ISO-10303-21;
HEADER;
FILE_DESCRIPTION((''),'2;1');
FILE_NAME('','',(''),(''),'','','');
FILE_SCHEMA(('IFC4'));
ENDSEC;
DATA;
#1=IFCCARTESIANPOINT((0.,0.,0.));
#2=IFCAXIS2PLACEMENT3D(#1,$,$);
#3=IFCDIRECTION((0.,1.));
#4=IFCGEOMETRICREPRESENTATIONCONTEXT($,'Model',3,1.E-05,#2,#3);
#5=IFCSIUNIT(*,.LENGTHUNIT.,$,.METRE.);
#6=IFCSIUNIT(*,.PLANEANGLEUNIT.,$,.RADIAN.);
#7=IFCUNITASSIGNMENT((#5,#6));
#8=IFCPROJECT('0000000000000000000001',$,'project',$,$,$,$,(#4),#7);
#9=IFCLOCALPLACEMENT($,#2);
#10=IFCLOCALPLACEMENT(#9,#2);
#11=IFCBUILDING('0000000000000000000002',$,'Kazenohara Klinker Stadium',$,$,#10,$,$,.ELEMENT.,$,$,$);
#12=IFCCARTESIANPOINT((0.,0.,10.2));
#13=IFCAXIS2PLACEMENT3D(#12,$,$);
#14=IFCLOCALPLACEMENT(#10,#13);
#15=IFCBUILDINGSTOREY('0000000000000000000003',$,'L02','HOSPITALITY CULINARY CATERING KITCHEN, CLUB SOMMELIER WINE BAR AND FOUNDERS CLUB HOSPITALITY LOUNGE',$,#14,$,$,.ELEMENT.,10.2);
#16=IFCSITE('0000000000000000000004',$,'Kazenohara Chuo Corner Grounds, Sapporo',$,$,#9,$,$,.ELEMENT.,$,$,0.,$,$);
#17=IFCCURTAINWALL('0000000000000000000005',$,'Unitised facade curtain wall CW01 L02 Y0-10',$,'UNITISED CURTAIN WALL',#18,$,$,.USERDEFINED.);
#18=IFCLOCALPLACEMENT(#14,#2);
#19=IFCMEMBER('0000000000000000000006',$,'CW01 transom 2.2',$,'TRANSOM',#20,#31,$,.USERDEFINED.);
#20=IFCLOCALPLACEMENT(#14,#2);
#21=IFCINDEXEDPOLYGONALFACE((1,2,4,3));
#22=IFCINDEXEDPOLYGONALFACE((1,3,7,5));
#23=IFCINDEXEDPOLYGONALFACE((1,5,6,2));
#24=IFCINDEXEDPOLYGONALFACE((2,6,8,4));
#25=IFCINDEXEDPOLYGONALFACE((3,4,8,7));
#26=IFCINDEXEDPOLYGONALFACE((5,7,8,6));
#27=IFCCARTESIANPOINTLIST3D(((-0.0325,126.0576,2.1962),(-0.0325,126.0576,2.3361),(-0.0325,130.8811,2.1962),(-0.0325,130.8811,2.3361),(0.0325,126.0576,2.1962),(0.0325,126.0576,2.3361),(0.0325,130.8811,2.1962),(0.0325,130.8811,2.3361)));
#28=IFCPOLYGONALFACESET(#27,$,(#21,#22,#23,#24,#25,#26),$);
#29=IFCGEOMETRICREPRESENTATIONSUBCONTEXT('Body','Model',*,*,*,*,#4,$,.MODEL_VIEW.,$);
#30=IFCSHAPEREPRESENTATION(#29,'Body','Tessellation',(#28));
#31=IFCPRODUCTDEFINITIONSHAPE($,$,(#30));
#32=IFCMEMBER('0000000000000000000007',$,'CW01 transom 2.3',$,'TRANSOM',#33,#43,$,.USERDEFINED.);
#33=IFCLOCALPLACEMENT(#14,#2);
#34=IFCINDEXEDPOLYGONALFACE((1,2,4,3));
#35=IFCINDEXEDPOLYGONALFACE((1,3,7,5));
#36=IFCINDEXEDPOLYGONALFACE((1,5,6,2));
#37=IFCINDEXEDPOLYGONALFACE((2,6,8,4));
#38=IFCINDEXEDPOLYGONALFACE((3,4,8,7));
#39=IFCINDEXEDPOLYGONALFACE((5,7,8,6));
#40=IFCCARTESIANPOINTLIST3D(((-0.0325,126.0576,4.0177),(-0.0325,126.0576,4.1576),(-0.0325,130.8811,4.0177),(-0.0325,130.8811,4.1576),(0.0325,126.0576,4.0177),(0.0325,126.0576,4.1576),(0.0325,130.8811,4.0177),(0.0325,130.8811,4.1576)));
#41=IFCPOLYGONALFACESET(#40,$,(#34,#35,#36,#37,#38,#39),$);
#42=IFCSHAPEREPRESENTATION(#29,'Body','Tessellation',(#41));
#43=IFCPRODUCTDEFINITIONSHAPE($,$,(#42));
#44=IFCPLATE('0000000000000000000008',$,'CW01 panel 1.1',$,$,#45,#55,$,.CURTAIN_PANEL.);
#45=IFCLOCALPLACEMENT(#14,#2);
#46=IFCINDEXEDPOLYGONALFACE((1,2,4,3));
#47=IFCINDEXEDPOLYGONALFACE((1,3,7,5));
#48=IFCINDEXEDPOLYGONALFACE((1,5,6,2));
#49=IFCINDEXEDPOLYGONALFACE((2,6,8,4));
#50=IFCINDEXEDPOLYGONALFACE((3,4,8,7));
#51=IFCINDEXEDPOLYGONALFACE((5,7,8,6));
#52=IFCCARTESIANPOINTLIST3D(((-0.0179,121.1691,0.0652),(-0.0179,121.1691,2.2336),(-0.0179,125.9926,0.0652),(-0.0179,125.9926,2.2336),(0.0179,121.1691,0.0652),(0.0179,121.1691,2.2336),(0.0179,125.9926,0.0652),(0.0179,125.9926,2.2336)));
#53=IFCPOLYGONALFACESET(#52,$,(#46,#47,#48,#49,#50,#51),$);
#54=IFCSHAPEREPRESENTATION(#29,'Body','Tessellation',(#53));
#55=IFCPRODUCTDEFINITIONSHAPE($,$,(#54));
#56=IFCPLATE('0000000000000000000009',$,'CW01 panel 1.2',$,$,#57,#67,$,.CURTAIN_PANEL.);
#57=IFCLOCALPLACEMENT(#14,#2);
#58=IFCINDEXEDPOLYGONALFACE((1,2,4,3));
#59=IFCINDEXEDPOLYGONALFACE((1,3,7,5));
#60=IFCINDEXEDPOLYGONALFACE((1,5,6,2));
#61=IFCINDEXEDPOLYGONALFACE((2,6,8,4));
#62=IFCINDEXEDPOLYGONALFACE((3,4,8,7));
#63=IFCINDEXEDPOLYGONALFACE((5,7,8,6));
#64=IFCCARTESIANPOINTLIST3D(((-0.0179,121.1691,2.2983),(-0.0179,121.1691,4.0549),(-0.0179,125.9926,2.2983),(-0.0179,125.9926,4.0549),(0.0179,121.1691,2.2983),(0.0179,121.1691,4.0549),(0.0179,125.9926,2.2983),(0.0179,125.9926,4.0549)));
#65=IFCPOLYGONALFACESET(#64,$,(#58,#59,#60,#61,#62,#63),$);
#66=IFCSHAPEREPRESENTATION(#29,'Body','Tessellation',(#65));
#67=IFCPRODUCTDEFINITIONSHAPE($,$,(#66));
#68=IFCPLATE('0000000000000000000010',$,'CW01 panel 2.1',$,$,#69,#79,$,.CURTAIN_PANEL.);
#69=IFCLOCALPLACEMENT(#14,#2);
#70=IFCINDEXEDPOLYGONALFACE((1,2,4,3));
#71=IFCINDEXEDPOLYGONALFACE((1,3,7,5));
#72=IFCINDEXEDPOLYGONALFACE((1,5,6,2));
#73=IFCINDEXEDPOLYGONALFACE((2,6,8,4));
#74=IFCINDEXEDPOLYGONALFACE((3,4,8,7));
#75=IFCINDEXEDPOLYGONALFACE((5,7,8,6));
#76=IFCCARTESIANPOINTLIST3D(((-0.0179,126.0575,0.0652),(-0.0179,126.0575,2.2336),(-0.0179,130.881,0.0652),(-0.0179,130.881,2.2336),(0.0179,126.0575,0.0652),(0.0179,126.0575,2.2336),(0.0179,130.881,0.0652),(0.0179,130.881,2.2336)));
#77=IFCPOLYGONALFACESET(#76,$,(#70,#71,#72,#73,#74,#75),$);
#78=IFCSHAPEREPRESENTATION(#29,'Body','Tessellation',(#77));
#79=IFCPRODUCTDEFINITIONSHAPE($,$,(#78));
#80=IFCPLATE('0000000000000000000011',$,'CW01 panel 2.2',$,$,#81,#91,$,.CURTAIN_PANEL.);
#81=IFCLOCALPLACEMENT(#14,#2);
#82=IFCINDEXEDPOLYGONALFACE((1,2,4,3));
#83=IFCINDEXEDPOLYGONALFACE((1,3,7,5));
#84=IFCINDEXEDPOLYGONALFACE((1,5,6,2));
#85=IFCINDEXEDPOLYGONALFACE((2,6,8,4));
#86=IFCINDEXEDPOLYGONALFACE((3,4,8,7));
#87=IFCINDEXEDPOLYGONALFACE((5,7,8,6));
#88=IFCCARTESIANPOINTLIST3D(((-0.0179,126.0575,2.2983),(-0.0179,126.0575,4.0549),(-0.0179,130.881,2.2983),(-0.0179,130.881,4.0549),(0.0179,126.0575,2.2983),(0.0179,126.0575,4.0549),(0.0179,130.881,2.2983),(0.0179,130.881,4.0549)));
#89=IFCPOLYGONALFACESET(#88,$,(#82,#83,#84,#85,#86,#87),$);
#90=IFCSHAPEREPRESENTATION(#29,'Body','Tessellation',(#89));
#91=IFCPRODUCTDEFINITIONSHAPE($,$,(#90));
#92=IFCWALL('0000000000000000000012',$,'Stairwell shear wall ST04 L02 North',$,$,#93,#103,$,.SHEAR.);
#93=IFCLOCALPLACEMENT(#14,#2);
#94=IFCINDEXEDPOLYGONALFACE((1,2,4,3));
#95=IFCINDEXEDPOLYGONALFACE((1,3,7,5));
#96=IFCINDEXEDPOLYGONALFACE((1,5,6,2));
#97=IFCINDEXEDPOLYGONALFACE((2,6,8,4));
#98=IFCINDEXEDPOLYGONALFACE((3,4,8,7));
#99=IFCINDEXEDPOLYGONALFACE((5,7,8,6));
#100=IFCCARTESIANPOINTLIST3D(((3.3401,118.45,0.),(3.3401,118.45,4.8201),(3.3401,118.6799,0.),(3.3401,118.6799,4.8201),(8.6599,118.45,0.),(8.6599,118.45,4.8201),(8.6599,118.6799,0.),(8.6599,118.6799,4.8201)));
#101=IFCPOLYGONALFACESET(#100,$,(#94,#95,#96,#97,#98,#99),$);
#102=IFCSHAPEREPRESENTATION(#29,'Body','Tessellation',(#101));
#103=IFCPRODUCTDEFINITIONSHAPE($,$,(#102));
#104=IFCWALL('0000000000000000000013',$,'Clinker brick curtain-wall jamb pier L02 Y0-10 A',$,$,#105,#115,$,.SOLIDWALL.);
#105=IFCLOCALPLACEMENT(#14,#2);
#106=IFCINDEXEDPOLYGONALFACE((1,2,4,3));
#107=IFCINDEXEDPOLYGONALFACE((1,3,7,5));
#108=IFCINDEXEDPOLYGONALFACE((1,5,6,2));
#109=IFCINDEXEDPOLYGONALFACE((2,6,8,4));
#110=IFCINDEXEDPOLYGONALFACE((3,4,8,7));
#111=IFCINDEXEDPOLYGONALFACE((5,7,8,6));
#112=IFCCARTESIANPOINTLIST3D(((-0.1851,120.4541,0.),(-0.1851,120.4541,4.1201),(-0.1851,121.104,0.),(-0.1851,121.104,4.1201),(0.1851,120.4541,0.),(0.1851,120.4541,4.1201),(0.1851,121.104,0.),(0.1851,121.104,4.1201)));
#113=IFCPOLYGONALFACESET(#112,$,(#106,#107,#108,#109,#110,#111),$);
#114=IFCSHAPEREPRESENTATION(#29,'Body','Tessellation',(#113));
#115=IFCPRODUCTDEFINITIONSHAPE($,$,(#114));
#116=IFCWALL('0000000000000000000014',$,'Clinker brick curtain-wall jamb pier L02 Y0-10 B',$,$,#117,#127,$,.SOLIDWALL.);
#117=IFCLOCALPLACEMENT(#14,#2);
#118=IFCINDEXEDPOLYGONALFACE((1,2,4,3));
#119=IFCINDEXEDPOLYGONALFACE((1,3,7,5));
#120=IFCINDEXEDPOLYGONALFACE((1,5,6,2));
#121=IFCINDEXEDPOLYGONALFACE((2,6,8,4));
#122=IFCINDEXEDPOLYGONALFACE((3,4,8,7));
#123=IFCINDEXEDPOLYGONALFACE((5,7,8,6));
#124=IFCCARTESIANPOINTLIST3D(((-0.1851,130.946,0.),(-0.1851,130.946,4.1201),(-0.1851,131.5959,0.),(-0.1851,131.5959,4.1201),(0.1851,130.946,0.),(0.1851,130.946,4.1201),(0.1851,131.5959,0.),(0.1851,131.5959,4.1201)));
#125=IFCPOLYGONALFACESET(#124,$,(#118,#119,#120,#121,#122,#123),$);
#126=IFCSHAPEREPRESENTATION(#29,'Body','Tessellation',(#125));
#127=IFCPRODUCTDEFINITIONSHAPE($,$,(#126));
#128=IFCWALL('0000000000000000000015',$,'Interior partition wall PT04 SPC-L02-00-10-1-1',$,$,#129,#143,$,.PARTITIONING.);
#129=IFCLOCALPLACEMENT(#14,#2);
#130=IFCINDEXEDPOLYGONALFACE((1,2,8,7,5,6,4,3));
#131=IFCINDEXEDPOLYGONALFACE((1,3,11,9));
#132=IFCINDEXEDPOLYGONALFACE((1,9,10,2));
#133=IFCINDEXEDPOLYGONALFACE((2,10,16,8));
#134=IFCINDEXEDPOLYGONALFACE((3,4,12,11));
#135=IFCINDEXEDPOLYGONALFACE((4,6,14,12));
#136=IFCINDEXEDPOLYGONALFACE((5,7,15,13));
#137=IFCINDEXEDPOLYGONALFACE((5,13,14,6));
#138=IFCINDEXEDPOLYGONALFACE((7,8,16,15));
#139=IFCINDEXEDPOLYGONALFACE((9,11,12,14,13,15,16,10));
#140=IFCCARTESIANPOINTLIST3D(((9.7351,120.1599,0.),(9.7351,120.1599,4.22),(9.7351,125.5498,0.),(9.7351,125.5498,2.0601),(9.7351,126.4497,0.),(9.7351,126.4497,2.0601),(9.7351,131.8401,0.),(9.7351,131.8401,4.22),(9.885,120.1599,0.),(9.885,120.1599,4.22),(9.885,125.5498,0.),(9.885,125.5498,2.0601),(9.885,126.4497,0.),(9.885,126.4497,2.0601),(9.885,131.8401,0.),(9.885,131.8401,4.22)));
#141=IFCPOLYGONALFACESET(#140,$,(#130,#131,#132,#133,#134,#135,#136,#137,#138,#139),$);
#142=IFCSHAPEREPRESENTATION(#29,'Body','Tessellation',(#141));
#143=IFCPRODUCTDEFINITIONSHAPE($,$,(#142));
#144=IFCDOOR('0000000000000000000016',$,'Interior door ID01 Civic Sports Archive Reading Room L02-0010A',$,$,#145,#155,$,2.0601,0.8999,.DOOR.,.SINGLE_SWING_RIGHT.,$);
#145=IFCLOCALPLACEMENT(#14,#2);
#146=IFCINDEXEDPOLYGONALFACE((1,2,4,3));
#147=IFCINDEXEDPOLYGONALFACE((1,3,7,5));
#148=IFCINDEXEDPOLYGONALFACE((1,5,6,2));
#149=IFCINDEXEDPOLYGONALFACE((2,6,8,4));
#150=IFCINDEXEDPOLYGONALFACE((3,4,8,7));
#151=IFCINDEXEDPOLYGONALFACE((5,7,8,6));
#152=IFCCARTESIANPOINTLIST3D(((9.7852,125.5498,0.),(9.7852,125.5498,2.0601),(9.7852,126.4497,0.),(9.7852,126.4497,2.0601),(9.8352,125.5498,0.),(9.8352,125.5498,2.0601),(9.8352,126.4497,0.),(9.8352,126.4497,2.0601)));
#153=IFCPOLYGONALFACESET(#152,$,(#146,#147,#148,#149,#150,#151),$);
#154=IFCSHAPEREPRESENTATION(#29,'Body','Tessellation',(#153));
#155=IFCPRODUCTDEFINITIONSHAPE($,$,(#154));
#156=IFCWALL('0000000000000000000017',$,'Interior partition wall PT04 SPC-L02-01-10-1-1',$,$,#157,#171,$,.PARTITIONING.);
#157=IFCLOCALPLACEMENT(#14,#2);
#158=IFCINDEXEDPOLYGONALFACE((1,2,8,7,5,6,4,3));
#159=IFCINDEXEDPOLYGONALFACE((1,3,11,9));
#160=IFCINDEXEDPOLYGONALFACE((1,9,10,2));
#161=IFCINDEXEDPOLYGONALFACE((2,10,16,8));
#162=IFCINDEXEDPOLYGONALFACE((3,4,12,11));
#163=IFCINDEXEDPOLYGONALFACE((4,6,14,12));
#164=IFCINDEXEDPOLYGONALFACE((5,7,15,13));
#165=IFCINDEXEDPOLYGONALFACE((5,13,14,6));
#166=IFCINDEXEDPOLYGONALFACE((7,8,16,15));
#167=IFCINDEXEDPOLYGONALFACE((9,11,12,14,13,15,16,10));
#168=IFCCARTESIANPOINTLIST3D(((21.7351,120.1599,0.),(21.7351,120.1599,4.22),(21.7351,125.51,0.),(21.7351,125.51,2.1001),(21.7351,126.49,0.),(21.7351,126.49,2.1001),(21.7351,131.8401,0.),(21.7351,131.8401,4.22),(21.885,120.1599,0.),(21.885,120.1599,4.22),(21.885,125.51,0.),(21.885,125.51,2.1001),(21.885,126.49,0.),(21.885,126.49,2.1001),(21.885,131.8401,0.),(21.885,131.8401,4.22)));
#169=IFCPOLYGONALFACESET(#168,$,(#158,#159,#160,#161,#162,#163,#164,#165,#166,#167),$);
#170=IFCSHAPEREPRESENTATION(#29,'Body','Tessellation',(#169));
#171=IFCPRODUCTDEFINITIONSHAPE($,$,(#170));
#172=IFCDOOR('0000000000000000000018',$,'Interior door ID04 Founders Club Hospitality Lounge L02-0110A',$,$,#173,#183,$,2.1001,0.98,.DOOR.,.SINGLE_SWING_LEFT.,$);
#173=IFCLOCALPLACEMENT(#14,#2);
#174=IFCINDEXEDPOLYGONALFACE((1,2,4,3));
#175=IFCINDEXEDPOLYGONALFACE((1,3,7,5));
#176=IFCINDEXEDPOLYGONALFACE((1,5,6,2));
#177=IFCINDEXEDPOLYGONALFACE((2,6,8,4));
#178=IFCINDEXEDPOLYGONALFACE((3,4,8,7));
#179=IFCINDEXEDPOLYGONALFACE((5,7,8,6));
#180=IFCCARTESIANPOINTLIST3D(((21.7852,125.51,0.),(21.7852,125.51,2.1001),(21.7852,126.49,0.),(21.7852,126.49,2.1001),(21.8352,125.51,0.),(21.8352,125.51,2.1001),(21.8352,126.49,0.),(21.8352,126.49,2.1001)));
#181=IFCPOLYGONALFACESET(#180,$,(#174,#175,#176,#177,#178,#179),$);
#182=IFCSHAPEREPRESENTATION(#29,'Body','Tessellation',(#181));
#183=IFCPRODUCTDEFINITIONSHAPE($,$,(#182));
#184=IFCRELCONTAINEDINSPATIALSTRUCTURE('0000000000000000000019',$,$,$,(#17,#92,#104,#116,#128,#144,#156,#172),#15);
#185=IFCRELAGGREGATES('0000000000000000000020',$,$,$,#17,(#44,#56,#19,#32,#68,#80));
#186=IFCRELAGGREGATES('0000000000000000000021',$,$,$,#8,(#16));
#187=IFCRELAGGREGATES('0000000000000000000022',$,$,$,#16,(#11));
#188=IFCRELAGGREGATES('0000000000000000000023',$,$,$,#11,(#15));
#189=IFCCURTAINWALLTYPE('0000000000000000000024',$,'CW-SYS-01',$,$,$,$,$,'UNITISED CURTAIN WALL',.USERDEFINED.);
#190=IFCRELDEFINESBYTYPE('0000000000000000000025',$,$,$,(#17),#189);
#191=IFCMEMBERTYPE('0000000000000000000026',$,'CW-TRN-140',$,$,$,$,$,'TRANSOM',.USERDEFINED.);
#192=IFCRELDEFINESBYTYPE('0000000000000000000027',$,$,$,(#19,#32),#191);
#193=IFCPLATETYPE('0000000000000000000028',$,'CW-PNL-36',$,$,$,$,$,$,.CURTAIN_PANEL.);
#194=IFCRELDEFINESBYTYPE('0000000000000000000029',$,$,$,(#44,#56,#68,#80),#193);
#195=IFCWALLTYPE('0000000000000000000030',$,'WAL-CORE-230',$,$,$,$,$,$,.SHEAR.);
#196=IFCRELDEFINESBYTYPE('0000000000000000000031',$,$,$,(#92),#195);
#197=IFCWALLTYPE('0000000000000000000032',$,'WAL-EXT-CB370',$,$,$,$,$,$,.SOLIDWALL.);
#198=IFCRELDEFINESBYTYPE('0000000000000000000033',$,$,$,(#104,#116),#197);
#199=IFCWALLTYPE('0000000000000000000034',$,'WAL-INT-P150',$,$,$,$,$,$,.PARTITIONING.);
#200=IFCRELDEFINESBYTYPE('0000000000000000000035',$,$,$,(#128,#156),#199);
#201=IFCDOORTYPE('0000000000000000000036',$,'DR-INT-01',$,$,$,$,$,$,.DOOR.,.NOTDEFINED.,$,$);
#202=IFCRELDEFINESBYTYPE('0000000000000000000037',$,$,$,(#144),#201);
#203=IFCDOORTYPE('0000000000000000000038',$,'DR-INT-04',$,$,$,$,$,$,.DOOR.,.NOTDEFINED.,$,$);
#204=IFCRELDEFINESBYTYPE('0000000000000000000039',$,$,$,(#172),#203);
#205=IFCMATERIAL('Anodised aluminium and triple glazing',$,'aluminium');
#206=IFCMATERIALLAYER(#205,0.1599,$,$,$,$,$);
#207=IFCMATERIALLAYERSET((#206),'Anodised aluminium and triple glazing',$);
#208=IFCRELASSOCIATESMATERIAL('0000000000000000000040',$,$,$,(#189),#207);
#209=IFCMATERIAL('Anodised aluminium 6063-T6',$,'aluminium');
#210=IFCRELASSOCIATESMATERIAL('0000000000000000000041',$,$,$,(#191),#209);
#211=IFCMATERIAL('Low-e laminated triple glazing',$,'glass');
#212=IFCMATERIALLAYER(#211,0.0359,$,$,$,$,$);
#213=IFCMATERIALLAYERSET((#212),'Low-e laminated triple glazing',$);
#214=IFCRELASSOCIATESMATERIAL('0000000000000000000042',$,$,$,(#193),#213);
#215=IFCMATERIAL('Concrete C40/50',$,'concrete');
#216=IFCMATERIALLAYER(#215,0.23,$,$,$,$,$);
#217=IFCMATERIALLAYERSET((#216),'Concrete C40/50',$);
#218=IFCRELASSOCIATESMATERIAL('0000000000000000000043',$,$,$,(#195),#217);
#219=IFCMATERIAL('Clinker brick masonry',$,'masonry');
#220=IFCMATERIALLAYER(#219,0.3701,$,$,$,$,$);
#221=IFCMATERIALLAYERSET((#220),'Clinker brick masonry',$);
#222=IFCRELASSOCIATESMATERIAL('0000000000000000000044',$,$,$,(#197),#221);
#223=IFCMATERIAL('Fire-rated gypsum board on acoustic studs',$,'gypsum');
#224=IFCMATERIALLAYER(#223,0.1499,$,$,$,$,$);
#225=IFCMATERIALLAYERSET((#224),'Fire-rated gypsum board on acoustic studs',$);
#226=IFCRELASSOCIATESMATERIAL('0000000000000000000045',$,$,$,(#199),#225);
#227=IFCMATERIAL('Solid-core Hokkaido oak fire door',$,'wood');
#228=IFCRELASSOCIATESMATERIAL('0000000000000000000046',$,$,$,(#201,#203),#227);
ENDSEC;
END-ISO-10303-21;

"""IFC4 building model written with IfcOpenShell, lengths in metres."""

from ifc_helpers import new_model, si_unit, direction, frame, frame_2d, origin, origin_2d, place, context, subcontext, project, spatial, rectangle, extrude, material, layer, layer_set, material_profile, profile_set, type_object, element, fill, aggregate, save


model = new_model("IFC4")

# Units and contexts
model_context = context("Model", 3, precision=1e-05, world=origin(), true_north=direction((0.0, 1.0)))
body_context = subcontext(model_context, "Body", "Model", "MODEL_VIEW")
ifc_project = project(units=[si_unit("LENGTHUNIT", "METRE"), si_unit("PLANEANGLEUNIT", "RADIAN")], contexts=[model_context])

# Site, building, storey
site_placement = place(None, origin())
site = spatial("IfcSite", under=ifc_project, at=site_placement, Name="Kazenohara Chuo Corner Grounds, Sapporo", CompositionType="ELEMENT", RefElevation=0.0)
building_placement = place(site_placement, origin())
building = spatial("IfcBuilding", under=site, at=building_placement, Name="Kazenohara Klinker Stadium", CompositionType="ELEMENT")
storey_placement = place(building_placement, frame((0.0, 0.0, 10.2)))
storey = spatial("IfcBuildingStorey", under=building, at=storey_placement, Name="L02", Description="HOSPITALITY CULINARY CATERING KITCHEN, CLUB SOMMELIER WINE BAR AND FOUNDERS CLUB HOSPITALITY LOUNGE", CompositionType="ELEMENT", Elevation=10.2)

# Shared definitions
ifc_material_1 = material(Name="Concrete C40/50", Category="concrete")

# Curtain wall, members, plates
ifc_material_2 = material(Name="Anodised aluminium and triple glazing", Category="aluminium")
ifc_layer_1 = layer(ifc_material_2, 0.1599)
ifc_layer_set_1 = layer_set([ifc_layer_1], Name="Anodised aluminium and triple glazing")
curtain_wall_type = type_object("IfcCurtainWallType", Name="CW-SYS-01", ElementType="UNITISED CURTAIN WALL", PredefinedType="USERDEFINED", material=ifc_layer_set_1)
curtain_wall_placement = place(storey_placement, origin())
curtain_wall = element("IfcCurtainWall", 1, at=curtain_wall_placement, inside=storey, type_object=curtain_wall_type, Name="Unitised facade curtain wall CW01 L02 Y0-10", ObjectType="UNITISED CURTAIN WALL", PredefinedType="USERDEFINED")
ifc_material_3 = material(Name="Anodised aluminium 6063-T6", Category="aluminium")
ifc_material_profile_1 = material_profile(ifc_material_3, rectangle(XDim=0.0649, YDim=0.1399, at=origin_2d()), Name="ALU-TRN-65x140")
ifc_profile_set_1 = profile_set([ifc_material_profile_1], Name="Anodised aluminium 6063-T6")
member_type_1 = type_object("IfcMemberType", Name="CW-TRN-140", ElementType="TRANSOM", PredefinedType="USERDEFINED", material=ifc_profile_set_1)
member_1_placement = place(storey_placement, frame((0.0, 126.0576, 2.2661), z_axis=(0.0, 1.0, 0.0), x_axis=(-1.0, 0.0, 0.0)))
member_1 = element("IfcMember", 2, at=member_1_placement, type_object=member_type_1, Name="CW01 transom 2.2", ObjectType="TRANSOM", PredefinedType="USERDEFINED", context=body_context, shape_type="SweptSolid", body=[
    extrude(rectangle(XDim=0.0649, YDim=0.1399, at=origin_2d()), origin(), (0.0, 0.0, 1.0), 4.8235),
])
member_2_placement = place(storey_placement, frame((0.0, 126.0576, 4.0876), z_axis=(0.0, 1.0, 0.0), x_axis=(-1.0, 0.0, 0.0)))
member_2 = element("IfcMember", 3, at=member_2_placement, type_object=member_type_1, Name="CW01 transom 2.3", ObjectType="TRANSOM", PredefinedType="USERDEFINED", context=body_context, shape_type="SweptSolid", body=[
    extrude(rectangle(XDim=0.0649, YDim=0.1399, at=origin_2d()), origin(), (0.0, 0.0, 1.0), 4.8235),
])
ifc_material_4 = material(Name="Low-e laminated triple glazing", Category="glass")
ifc_layer_2 = layer(ifc_material_4, 0.0359)
ifc_layer_set_2 = layer_set([ifc_layer_2], Name="Low-e laminated triple glazing")
plate_type = type_object("IfcPlateType", Name="CW-PNL-36", PredefinedType="CURTAIN_PANEL", material=ifc_layer_set_2)
plate_1_placement = place(storey_placement, frame((0.0, 123.5808, 0.0652), z_axis=(0.0, 0.0, 1.0), x_axis=(0.0, 1.0, 0.0)))
plate_1 = element("IfcPlate", 4, at=plate_1_placement, type_object=plate_type, Name="CW01 panel 1.1", PredefinedType="CURTAIN_PANEL", context=body_context, shape_type="SweptSolid", body=[
    extrude(rectangle(XDim=4.8235, YDim=0.0359, at=origin_2d()), origin(), (0.0, 0.0, 1.0), 2.1685),
])
plate_2_placement = place(storey_placement, frame((0.0, 123.5808, 2.2983), z_axis=(0.0, 0.0, 1.0), x_axis=(0.0, 1.0, 0.0)))
plate_2 = element("IfcPlate", 5, at=plate_2_placement, type_object=plate_type, Name="CW01 panel 1.2", PredefinedType="CURTAIN_PANEL", context=body_context, shape_type="SweptSolid", body=[
    extrude(rectangle(XDim=4.8235, YDim=0.0359, at=origin_2d()), origin(), (0.0, 0.0, 1.0), 1.7566),
])
plate_3_placement = place(storey_placement, frame((0.0, 128.4692, 0.0652), z_axis=(0.0, 0.0, 1.0), x_axis=(0.0, 1.0, 0.0)))
plate_3 = element("IfcPlate", 6, at=plate_3_placement, type_object=plate_type, Name="CW01 panel 2.1", PredefinedType="CURTAIN_PANEL", context=body_context, shape_type="SweptSolid", body=[
    extrude(rectangle(XDim=4.8235, YDim=0.0359, at=origin_2d()), origin(), (0.0, 0.0, 1.0), 2.1685),
])
plate_4_placement = place(storey_placement, frame((0.0, 128.4692, 2.2983), z_axis=(0.0, 0.0, 1.0), x_axis=(0.0, 1.0, 0.0)))
plate_4 = element("IfcPlate", 7, at=plate_4_placement, type_object=plate_type, Name="CW01 panel 2.2", PredefinedType="CURTAIN_PANEL", context=body_context, shape_type="SweptSolid", body=[
    extrude(rectangle(XDim=4.8235, YDim=0.0359, at=origin_2d()), origin(), (0.0, 0.0, 1.0), 1.7566),
])
aggregate(curtain_wall, [plate_1, plate_2, member_1, member_2, plate_3, plate_4])

# Walls
ifc_layer_3 = layer(ifc_material_1, 0.23)
ifc_layer_set_3 = layer_set([ifc_layer_3], Name="Concrete C40/50")
wall_type_1 = type_object("IfcWallType", Name="WAL-CORE-230", PredefinedType="SHEAR", material=ifc_layer_set_3)
wall_1_placement = place(storey_placement, frame((3.3401, 118.5649, 0.0), z_axis=(0.0, 0.0, 1.0), x_axis=(1.0, 0.0, 0.0)))
element("IfcWall", 8, at=wall_1_placement, inside=storey, type_object=wall_type_1, Name="Stairwell shear wall ST04 L02 North", PredefinedType="SHEAR", context=body_context, shape_type="SweptSolid", body=[
    extrude(rectangle(XDim=5.3198, YDim=0.23, at=frame_2d((2.6599, 0.0))), origin(), (0.0, 0.0, 1.0), 4.8201),
])
ifc_material_5 = material(Name="Clinker brick masonry", Category="masonry")
ifc_layer_4 = layer(ifc_material_5, 0.3701)
ifc_layer_set_4 = layer_set([ifc_layer_4], Name="Clinker brick masonry")
wall_type_2 = type_object("IfcWallType", Name="WAL-EXT-CB370", PredefinedType="SOLIDWALL", material=ifc_layer_set_4)
for number, where, z_axis, x_axis, name in (
    (9, (0.0, 120.4541, 0.0), (0.0, 0.0, 1.0), (0.0, 1.0, 0.0), "Clinker brick curtain-wall jamb pier L02 Y0-10 A"),
    (10, (0.0, 130.946, 0.0), (0.0, 0.0, 1.0), (0.0, 1.0, 0.0), "Clinker brick curtain-wall jamb pier L02 Y0-10 B"),
):
    element("IfcWall", number, at=place(storey_placement, frame(where, z_axis=z_axis, x_axis=x_axis)), inside=storey, type_object=wall_type_2, Name=name, PredefinedType="SOLIDWALL", context=body_context, shape_type="SweptSolid", body=[
        extrude(rectangle(XDim=0.6499, YDim=0.3701, at=frame_2d((0.325, 0.0))), origin(), (0.0, 0.0, 1.0), 4.1201),
    ])

# Walls, openings, doors
ifc_material_6 = material(Name="Fire-rated gypsum board on acoustic studs", Category="gypsum")
ifc_layer_5 = layer(ifc_material_6, 0.1499)
ifc_layer_set_5 = layer_set([ifc_layer_5], Name="Fire-rated gypsum board on acoustic studs")
wall_type_3 = type_object("IfcWallType", Name="WAL-INT-P150", PredefinedType="PARTITIONING", material=ifc_layer_set_5)
wall_2_placement = place(storey_placement, frame((9.8101, 120.1599, 0.0), z_axis=(0.0, 0.0, 1.0), x_axis=(0.0, 1.0, 0.0)))
wall_2 = element("IfcWall", 11, at=wall_2_placement, inside=storey, type_object=wall_type_3, Name="Interior partition wall PT04 SPC-L02-00-10-1-1", PredefinedType="PARTITIONING", context=body_context, shape_type="SweptSolid", body=[
    extrude(rectangle(XDim=11.6802, YDim=0.1499, at=frame_2d((5.8401, 0.0))), origin(), (0.0, 0.0, 1.0), 4.22),
])
opening_1_placement = place(wall_2_placement, frame((5.3899, 0.0, 0.0)))
opening_1 = element("IfcOpeningElement", 12, at=opening_1_placement, cuts=wall_2, PredefinedType="OPENING", context=body_context, shape_type="SweptSolid", body=[
    extrude(rectangle(XDim=0.8999, YDim=2.0601, at=frame_2d((0.45, 1.03))), frame((0.0, 0.085, 0.0), z_axis=(0.0, -1.0, 0.0), x_axis=(1.0, 0.0, 0.0)), (0.0, 0.0, 1.0), 0.1699),
])
ifc_material_7 = material(Name="Solid-core Hokkaido oak fire door", Category="wood")
door_type_1 = type_object("IfcDoorType", Name="DR-INT-01", OperationType="NOTDEFINED", PredefinedType="DOOR", material=ifc_material_7)
door_1_placement = place(opening_1_placement, origin())
door_1 = element("IfcDoor", 13, at=door_1_placement, inside=storey, type_object=door_type_1, Name="Interior door ID01 Civic Sports Archive Reading Room L02-0010A", OperationType="SINGLE_SWING_RIGHT", OverallHeight=2.0601, OverallWidth=0.8999, PredefinedType="DOOR", context=body_context, shape_type="SweptSolid", body=[
    extrude(rectangle(XDim=0.8999, YDim=2.0601, at=frame_2d((0.45, 1.03))), frame((0.0, 0.0249, 0.0), z_axis=(0.0, -1.0, 0.0), x_axis=(1.0, 0.0, 0.0)), (0.0, 0.0, 1.0), 0.05),
])
fill(opening_1, door_1)
wall_3_placement = place(storey_placement, frame((21.8101, 120.1599, 0.0), z_axis=(0.0, 0.0, 1.0), x_axis=(0.0, 1.0, 0.0)))
wall_3 = element("IfcWall", 14, at=wall_3_placement, inside=storey, type_object=wall_type_3, Name="Interior partition wall PT04 SPC-L02-01-10-1-1", PredefinedType="PARTITIONING", context=body_context, shape_type="SweptSolid", body=[
    extrude(rectangle(XDim=11.6802, YDim=0.1499, at=frame_2d((5.8401, 0.0))), origin(), (0.0, 0.0, 1.0), 4.22),
])
opening_2_placement = place(wall_3_placement, frame((5.3501, 0.0, 0.0)))
opening_2 = element("IfcOpeningElement", 15, at=opening_2_placement, cuts=wall_3, PredefinedType="OPENING", context=body_context, shape_type="SweptSolid", body=[
    extrude(rectangle(XDim=0.98, YDim=2.1001, at=frame_2d((0.49, 1.05))), frame((0.0, 0.085, 0.0), z_axis=(0.0, -1.0, 0.0), x_axis=(1.0, 0.0, 0.0)), (0.0, 0.0, 1.0), 0.1699),
])
door_type_2 = type_object("IfcDoorType", Name="DR-INT-04", OperationType="NOTDEFINED", PredefinedType="DOOR", material=ifc_material_7)
door_2_placement = place(opening_2_placement, origin())
door_2 = element("IfcDoor", 16, at=door_2_placement, inside=storey, type_object=door_type_2, Name="Interior door ID04 Founders Club Hospitality Lounge L02-0110A", OperationType="SINGLE_SWING_LEFT", OverallHeight=2.1001, OverallWidth=0.98, PredefinedType="DOOR", context=body_context, shape_type="SweptSolid", body=[
    extrude(rectangle(XDim=0.98, YDim=2.1001, at=frame_2d((0.49, 1.05))), frame((0.0, 0.0249, 0.0), z_axis=(0.0, -1.0, 0.0), x_axis=(1.0, 0.0, 0.0)), (0.0, 0.0, 1.0), 0.05),
])
fill(opening_2, door_2)

save(model, "model.ifc")
